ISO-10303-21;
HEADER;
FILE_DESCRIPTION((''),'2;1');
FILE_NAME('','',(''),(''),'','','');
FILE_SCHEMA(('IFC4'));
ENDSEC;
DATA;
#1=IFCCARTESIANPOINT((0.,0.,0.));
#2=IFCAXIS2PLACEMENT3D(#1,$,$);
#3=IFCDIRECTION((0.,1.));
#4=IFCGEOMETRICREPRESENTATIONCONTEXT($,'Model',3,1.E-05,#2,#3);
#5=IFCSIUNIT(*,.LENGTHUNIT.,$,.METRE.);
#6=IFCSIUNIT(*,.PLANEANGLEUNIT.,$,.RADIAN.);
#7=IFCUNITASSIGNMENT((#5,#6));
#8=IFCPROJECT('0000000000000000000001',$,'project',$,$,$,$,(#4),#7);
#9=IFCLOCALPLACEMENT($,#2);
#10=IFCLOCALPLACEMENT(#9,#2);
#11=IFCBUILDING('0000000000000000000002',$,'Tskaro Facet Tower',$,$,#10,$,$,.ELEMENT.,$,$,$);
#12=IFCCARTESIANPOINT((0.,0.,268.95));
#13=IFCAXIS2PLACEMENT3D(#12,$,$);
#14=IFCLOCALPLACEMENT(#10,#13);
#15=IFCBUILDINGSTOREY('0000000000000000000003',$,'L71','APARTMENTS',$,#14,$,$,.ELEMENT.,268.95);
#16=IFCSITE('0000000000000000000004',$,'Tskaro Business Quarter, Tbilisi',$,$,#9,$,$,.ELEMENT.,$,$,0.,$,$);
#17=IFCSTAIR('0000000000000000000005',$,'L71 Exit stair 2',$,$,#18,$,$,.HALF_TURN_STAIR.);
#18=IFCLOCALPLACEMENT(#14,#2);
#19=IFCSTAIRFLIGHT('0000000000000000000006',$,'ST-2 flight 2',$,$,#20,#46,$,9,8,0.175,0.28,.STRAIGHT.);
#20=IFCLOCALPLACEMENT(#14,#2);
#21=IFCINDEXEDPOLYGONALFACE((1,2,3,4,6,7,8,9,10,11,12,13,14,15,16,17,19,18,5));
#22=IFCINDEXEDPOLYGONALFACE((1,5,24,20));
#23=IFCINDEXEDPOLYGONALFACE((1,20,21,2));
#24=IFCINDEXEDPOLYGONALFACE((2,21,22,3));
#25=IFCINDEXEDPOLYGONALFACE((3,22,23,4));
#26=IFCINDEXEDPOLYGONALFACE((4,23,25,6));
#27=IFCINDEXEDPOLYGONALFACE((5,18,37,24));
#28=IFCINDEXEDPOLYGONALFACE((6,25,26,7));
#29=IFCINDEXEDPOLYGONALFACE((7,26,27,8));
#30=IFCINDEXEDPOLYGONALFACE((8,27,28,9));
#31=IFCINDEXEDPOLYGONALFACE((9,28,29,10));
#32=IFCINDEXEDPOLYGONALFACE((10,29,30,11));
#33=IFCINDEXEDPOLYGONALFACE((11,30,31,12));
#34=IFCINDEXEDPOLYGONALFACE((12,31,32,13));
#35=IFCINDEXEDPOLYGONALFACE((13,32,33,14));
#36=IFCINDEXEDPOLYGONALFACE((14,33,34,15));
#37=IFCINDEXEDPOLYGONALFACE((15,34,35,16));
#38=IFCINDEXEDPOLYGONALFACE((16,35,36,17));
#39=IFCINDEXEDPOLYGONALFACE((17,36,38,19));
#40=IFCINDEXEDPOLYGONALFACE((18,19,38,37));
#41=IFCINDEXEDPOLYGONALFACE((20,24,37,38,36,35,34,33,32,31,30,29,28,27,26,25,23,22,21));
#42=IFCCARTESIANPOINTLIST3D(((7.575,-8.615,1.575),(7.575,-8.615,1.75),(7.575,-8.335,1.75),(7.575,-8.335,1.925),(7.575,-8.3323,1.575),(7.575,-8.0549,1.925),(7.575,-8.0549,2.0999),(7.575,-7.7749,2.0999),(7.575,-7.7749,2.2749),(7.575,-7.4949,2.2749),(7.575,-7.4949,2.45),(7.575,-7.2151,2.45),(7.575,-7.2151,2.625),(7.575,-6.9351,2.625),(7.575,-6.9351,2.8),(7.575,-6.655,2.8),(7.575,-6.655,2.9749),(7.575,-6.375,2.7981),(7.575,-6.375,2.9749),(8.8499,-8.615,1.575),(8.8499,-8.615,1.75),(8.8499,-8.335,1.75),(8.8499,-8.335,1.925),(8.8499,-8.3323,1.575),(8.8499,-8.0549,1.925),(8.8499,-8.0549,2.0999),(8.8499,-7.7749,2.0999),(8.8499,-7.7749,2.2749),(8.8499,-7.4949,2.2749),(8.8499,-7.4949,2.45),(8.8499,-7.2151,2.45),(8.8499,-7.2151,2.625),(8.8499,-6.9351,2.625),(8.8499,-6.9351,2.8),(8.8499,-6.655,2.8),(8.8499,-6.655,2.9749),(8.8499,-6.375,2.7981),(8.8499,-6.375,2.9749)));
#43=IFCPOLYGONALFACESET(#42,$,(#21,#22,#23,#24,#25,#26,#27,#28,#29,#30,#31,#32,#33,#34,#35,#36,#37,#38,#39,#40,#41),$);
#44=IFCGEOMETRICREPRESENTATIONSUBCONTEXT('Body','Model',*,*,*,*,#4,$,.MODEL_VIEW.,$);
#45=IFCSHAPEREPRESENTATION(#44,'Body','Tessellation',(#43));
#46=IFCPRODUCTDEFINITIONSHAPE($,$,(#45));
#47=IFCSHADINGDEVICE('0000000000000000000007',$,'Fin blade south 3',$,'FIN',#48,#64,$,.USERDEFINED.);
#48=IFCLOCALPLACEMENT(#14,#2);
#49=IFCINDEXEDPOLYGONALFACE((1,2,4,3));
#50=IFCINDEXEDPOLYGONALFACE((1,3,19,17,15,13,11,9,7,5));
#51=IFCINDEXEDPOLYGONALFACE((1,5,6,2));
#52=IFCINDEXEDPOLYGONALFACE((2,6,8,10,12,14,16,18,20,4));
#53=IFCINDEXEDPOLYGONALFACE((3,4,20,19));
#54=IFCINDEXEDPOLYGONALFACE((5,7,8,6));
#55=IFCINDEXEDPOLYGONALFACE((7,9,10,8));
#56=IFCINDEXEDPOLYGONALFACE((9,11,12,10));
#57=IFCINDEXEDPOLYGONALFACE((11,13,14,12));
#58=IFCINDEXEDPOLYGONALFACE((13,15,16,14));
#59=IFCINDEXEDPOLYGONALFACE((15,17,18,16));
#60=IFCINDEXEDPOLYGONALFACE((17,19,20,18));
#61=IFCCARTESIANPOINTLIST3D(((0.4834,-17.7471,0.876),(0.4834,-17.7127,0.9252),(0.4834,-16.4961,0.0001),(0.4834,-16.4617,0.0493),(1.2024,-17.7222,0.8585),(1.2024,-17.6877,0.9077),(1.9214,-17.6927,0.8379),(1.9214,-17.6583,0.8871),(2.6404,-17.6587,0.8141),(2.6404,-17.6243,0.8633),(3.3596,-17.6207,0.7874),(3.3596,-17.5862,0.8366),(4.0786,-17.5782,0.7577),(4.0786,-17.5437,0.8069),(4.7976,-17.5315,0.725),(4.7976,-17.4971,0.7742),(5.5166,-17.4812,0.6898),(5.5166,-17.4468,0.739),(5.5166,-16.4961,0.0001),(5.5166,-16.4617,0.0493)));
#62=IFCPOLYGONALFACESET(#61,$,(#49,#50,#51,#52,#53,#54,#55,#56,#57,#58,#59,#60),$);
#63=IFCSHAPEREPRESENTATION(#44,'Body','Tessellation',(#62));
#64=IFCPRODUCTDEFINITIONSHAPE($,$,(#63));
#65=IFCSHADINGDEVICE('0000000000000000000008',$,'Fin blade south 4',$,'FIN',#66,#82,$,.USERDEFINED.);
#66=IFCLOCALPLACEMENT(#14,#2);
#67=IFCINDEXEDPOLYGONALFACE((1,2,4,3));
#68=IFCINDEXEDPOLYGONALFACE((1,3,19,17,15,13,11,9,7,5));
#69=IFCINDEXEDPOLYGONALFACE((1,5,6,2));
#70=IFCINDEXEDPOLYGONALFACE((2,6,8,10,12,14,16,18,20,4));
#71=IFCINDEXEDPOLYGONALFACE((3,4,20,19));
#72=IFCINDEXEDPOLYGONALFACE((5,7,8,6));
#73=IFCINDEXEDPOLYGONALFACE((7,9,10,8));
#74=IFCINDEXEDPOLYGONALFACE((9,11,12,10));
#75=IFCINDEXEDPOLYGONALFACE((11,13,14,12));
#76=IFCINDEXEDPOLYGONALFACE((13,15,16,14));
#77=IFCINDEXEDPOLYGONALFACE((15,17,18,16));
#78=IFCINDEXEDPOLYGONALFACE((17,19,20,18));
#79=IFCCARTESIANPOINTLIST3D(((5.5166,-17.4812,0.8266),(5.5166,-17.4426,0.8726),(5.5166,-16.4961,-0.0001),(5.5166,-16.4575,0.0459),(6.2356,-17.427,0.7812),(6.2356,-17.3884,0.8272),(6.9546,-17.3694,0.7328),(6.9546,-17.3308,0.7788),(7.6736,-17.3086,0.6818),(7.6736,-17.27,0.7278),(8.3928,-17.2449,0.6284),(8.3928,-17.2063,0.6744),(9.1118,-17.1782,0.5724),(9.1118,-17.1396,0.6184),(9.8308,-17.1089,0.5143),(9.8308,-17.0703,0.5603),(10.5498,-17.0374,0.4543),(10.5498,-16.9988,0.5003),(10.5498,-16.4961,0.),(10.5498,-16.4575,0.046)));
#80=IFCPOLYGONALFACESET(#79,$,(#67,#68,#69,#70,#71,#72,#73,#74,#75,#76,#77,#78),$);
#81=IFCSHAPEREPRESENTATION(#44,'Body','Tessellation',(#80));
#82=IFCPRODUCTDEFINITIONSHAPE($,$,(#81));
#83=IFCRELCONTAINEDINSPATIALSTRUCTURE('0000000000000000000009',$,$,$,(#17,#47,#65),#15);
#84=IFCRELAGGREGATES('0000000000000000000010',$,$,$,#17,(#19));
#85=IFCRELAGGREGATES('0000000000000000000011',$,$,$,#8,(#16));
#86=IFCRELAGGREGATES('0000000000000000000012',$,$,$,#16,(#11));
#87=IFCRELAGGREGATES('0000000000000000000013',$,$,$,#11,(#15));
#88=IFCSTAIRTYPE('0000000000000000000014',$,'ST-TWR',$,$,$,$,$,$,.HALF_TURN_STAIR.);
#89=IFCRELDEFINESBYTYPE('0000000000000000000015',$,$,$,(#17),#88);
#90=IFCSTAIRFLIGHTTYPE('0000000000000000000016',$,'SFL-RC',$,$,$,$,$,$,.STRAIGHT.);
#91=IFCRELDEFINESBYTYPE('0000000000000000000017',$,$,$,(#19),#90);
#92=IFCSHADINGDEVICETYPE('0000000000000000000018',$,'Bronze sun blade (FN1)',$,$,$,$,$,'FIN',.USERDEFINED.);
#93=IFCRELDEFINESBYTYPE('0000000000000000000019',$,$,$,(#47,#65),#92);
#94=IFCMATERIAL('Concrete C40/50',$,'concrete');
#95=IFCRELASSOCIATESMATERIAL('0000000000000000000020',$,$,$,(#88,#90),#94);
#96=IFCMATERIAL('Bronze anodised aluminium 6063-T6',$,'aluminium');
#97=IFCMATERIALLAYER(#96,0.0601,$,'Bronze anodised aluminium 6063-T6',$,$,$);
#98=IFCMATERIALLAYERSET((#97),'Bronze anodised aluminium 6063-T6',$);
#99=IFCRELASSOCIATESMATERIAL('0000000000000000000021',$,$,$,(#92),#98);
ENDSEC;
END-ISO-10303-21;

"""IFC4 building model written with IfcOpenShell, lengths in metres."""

from ifc_helpers import new_model, si_unit, direction, frame, origin, place, context, subcontext, project, spatial, polyline, outline, extrude, material, layer, layer_set, type_object, element, aggregate, save


model = new_model("IFC4")

# Units and contexts
model_context = context("Model", 3, precision=1e-05, world=origin(), true_north=direction((0.0, 1.0)))
body_context = subcontext(model_context, "Body", "Model", "MODEL_VIEW")
ifc_project = project(units=[si_unit("LENGTHUNIT", "METRE"), si_unit("PLANEANGLEUNIT", "RADIAN")], contexts=[model_context])

# Site, building, storey
site_placement = place(None, origin())
site = spatial("IfcSite", under=ifc_project, at=site_placement, Name="Tskaro Business Quarter, Tbilisi", CompositionType="ELEMENT", RefElevation=0.0)
building_placement = place(site_placement, origin())
building = spatial("IfcBuilding", under=site, at=building_placement, Name="Tskaro Facet Tower", CompositionType="ELEMENT")
storey_placement = place(building_placement, frame((0.0, 0.0, 268.95)))
storey = spatial("IfcBuildingStorey", under=building, at=storey_placement, Name="L71", Description="APARTMENTS", CompositionType="ELEMENT", Elevation=268.95)

# Shared definitions
ifc_material_1 = material(Name="Bronze anodised aluminium 6063-T6", Category="aluminium")

# Shared definitions
ifc_material_2 = material(Name="Concrete C40/50", Category="concrete")

# Stair, stair flight
stair_type = type_object("IfcStairType", Name="ST-TWR", PredefinedType="HALF_TURN_STAIR", material=ifc_material_2)
stair_placement = place(storey_placement, origin())
stair = element("IfcStair", 1, at=stair_placement, inside=storey, type_object=stair_type, Name="L71 Exit stair 2", PredefinedType="HALF_TURN_STAIR")
stair_flight_type = type_object("IfcStairFlightType", Name="SFL-RC", PredefinedType="STRAIGHT", material=ifc_material_2)
stair_flight_1_placement = place(storey_placement, frame((8.2124, -8.615, 1.575), z_axis=(0.0, 0.0, 1.0), x_axis=(0.0, 1.0, 0.0)))
stair_flight_1 = element("IfcStairFlight", 2, at=stair_flight_1_placement, type_object=stair_flight_type, Name="ST-2 flight 2", NumberOfRisers=9, NumberOfTreads=8, PredefinedType="STRAIGHT", RiserHeight=0.175, TreadLength=0.28, context=body_context, shape_type="SweptSolid", body=[
    extrude(outline(polyline([(0.0, 0.0), (0.0, 0.175), (0.28, 0.175), (0.28, 0.3501), (0.5601, 0.3501), (0.5601, 0.5249), (0.8401, 0.5249), (0.8401, 0.7), (1.1201, 0.7), (1.1201, 0.875), (1.3999, 0.875), (1.3999, 1.05), (1.6799, 1.05), (1.6799, 1.2251), (1.96, 1.2251), (1.96, 1.3999), (2.24, 1.3999), (2.24, 1.575), (2.24, 1.2231), (0.2827, 0.0), (0.0, 0.0)])), frame((0.0, 0.6375, 0.0), z_axis=(0.0, -1.0, 0.0), x_axis=(1.0, 0.0, 0.0)), (0.0, 0.0, 1.0), 1.2749),
])
aggregate(stair, [stair_flight_1])

# Shading devices
ifc_layer_1 = layer(ifc_material_1, 0.0601, Name="Bronze anodised aluminium 6063-T6")
ifc_layer_set_1 = layer_set([ifc_layer_1], Name="Bronze anodised aluminium 6063-T6")
shading_device_type = type_object("IfcShadingDeviceType", Name="Bronze sun blade (FN1)", ElementType="FIN", PredefinedType="USERDEFINED", material=ifc_layer_set_1)
shading_device_1_placement = place(storey_placement, frame((0.4834, -16.4617, 0.0493), z_axis=(0.000011, 0.573548, 0.819172), x_axis=(1.0, -0.000007, -0.000009)))
element("IfcShadingDevice", 3, at=shading_device_1_placement, inside=storey, type_object=shading_device_type, Name="Fin blade south 3", ObjectType="FIN", PredefinedType="USERDEFINED", context=body_context, shape_type="SweptSolid", body=[
    extrude(outline(polyline([(0.0, 0.0), (5.0332, 0.0), (5.0332, -1.2025), (4.3142, -1.2639), (3.5952, -1.3209), (2.8762, -1.3728), (2.157, -1.4192), (1.438, -1.4607), (0.719, -1.4967), (0.0, -1.5272), (0.0, 0.0)])), origin(), (0.0, 0.0, -1.0), 0.0601),
])
shading_device_2_placement = place(storey_placement, frame((5.5166, -16.4575, 0.0459), z_axis=(-0.000016, 0.642867, 0.765978), x_axis=(1.0, 0.00001, 0.000012)))
element("IfcShadingDevice", 4, at=shading_device_2_placement, inside=storey, type_object=shading_device_type, Name="Fin blade south 4", ObjectType="FIN", PredefinedType="USERDEFINED", context=body_context, shape_type="SweptSolid", body=[
    extrude(outline(polyline([(0.0, 0.0), (5.0332, 0.0), (5.0332, -0.7067), (4.3142, -0.8001), (3.5952, -0.8905), (2.8762, -0.9775), (2.157, -1.0607), (1.438, -1.1401), (0.719, -1.2153), (0.0, -1.286), (0.0, 0.0)])), origin(), (0.0, 0.0, -1.0), 0.0601),
])

save(model, "model.ifc")
